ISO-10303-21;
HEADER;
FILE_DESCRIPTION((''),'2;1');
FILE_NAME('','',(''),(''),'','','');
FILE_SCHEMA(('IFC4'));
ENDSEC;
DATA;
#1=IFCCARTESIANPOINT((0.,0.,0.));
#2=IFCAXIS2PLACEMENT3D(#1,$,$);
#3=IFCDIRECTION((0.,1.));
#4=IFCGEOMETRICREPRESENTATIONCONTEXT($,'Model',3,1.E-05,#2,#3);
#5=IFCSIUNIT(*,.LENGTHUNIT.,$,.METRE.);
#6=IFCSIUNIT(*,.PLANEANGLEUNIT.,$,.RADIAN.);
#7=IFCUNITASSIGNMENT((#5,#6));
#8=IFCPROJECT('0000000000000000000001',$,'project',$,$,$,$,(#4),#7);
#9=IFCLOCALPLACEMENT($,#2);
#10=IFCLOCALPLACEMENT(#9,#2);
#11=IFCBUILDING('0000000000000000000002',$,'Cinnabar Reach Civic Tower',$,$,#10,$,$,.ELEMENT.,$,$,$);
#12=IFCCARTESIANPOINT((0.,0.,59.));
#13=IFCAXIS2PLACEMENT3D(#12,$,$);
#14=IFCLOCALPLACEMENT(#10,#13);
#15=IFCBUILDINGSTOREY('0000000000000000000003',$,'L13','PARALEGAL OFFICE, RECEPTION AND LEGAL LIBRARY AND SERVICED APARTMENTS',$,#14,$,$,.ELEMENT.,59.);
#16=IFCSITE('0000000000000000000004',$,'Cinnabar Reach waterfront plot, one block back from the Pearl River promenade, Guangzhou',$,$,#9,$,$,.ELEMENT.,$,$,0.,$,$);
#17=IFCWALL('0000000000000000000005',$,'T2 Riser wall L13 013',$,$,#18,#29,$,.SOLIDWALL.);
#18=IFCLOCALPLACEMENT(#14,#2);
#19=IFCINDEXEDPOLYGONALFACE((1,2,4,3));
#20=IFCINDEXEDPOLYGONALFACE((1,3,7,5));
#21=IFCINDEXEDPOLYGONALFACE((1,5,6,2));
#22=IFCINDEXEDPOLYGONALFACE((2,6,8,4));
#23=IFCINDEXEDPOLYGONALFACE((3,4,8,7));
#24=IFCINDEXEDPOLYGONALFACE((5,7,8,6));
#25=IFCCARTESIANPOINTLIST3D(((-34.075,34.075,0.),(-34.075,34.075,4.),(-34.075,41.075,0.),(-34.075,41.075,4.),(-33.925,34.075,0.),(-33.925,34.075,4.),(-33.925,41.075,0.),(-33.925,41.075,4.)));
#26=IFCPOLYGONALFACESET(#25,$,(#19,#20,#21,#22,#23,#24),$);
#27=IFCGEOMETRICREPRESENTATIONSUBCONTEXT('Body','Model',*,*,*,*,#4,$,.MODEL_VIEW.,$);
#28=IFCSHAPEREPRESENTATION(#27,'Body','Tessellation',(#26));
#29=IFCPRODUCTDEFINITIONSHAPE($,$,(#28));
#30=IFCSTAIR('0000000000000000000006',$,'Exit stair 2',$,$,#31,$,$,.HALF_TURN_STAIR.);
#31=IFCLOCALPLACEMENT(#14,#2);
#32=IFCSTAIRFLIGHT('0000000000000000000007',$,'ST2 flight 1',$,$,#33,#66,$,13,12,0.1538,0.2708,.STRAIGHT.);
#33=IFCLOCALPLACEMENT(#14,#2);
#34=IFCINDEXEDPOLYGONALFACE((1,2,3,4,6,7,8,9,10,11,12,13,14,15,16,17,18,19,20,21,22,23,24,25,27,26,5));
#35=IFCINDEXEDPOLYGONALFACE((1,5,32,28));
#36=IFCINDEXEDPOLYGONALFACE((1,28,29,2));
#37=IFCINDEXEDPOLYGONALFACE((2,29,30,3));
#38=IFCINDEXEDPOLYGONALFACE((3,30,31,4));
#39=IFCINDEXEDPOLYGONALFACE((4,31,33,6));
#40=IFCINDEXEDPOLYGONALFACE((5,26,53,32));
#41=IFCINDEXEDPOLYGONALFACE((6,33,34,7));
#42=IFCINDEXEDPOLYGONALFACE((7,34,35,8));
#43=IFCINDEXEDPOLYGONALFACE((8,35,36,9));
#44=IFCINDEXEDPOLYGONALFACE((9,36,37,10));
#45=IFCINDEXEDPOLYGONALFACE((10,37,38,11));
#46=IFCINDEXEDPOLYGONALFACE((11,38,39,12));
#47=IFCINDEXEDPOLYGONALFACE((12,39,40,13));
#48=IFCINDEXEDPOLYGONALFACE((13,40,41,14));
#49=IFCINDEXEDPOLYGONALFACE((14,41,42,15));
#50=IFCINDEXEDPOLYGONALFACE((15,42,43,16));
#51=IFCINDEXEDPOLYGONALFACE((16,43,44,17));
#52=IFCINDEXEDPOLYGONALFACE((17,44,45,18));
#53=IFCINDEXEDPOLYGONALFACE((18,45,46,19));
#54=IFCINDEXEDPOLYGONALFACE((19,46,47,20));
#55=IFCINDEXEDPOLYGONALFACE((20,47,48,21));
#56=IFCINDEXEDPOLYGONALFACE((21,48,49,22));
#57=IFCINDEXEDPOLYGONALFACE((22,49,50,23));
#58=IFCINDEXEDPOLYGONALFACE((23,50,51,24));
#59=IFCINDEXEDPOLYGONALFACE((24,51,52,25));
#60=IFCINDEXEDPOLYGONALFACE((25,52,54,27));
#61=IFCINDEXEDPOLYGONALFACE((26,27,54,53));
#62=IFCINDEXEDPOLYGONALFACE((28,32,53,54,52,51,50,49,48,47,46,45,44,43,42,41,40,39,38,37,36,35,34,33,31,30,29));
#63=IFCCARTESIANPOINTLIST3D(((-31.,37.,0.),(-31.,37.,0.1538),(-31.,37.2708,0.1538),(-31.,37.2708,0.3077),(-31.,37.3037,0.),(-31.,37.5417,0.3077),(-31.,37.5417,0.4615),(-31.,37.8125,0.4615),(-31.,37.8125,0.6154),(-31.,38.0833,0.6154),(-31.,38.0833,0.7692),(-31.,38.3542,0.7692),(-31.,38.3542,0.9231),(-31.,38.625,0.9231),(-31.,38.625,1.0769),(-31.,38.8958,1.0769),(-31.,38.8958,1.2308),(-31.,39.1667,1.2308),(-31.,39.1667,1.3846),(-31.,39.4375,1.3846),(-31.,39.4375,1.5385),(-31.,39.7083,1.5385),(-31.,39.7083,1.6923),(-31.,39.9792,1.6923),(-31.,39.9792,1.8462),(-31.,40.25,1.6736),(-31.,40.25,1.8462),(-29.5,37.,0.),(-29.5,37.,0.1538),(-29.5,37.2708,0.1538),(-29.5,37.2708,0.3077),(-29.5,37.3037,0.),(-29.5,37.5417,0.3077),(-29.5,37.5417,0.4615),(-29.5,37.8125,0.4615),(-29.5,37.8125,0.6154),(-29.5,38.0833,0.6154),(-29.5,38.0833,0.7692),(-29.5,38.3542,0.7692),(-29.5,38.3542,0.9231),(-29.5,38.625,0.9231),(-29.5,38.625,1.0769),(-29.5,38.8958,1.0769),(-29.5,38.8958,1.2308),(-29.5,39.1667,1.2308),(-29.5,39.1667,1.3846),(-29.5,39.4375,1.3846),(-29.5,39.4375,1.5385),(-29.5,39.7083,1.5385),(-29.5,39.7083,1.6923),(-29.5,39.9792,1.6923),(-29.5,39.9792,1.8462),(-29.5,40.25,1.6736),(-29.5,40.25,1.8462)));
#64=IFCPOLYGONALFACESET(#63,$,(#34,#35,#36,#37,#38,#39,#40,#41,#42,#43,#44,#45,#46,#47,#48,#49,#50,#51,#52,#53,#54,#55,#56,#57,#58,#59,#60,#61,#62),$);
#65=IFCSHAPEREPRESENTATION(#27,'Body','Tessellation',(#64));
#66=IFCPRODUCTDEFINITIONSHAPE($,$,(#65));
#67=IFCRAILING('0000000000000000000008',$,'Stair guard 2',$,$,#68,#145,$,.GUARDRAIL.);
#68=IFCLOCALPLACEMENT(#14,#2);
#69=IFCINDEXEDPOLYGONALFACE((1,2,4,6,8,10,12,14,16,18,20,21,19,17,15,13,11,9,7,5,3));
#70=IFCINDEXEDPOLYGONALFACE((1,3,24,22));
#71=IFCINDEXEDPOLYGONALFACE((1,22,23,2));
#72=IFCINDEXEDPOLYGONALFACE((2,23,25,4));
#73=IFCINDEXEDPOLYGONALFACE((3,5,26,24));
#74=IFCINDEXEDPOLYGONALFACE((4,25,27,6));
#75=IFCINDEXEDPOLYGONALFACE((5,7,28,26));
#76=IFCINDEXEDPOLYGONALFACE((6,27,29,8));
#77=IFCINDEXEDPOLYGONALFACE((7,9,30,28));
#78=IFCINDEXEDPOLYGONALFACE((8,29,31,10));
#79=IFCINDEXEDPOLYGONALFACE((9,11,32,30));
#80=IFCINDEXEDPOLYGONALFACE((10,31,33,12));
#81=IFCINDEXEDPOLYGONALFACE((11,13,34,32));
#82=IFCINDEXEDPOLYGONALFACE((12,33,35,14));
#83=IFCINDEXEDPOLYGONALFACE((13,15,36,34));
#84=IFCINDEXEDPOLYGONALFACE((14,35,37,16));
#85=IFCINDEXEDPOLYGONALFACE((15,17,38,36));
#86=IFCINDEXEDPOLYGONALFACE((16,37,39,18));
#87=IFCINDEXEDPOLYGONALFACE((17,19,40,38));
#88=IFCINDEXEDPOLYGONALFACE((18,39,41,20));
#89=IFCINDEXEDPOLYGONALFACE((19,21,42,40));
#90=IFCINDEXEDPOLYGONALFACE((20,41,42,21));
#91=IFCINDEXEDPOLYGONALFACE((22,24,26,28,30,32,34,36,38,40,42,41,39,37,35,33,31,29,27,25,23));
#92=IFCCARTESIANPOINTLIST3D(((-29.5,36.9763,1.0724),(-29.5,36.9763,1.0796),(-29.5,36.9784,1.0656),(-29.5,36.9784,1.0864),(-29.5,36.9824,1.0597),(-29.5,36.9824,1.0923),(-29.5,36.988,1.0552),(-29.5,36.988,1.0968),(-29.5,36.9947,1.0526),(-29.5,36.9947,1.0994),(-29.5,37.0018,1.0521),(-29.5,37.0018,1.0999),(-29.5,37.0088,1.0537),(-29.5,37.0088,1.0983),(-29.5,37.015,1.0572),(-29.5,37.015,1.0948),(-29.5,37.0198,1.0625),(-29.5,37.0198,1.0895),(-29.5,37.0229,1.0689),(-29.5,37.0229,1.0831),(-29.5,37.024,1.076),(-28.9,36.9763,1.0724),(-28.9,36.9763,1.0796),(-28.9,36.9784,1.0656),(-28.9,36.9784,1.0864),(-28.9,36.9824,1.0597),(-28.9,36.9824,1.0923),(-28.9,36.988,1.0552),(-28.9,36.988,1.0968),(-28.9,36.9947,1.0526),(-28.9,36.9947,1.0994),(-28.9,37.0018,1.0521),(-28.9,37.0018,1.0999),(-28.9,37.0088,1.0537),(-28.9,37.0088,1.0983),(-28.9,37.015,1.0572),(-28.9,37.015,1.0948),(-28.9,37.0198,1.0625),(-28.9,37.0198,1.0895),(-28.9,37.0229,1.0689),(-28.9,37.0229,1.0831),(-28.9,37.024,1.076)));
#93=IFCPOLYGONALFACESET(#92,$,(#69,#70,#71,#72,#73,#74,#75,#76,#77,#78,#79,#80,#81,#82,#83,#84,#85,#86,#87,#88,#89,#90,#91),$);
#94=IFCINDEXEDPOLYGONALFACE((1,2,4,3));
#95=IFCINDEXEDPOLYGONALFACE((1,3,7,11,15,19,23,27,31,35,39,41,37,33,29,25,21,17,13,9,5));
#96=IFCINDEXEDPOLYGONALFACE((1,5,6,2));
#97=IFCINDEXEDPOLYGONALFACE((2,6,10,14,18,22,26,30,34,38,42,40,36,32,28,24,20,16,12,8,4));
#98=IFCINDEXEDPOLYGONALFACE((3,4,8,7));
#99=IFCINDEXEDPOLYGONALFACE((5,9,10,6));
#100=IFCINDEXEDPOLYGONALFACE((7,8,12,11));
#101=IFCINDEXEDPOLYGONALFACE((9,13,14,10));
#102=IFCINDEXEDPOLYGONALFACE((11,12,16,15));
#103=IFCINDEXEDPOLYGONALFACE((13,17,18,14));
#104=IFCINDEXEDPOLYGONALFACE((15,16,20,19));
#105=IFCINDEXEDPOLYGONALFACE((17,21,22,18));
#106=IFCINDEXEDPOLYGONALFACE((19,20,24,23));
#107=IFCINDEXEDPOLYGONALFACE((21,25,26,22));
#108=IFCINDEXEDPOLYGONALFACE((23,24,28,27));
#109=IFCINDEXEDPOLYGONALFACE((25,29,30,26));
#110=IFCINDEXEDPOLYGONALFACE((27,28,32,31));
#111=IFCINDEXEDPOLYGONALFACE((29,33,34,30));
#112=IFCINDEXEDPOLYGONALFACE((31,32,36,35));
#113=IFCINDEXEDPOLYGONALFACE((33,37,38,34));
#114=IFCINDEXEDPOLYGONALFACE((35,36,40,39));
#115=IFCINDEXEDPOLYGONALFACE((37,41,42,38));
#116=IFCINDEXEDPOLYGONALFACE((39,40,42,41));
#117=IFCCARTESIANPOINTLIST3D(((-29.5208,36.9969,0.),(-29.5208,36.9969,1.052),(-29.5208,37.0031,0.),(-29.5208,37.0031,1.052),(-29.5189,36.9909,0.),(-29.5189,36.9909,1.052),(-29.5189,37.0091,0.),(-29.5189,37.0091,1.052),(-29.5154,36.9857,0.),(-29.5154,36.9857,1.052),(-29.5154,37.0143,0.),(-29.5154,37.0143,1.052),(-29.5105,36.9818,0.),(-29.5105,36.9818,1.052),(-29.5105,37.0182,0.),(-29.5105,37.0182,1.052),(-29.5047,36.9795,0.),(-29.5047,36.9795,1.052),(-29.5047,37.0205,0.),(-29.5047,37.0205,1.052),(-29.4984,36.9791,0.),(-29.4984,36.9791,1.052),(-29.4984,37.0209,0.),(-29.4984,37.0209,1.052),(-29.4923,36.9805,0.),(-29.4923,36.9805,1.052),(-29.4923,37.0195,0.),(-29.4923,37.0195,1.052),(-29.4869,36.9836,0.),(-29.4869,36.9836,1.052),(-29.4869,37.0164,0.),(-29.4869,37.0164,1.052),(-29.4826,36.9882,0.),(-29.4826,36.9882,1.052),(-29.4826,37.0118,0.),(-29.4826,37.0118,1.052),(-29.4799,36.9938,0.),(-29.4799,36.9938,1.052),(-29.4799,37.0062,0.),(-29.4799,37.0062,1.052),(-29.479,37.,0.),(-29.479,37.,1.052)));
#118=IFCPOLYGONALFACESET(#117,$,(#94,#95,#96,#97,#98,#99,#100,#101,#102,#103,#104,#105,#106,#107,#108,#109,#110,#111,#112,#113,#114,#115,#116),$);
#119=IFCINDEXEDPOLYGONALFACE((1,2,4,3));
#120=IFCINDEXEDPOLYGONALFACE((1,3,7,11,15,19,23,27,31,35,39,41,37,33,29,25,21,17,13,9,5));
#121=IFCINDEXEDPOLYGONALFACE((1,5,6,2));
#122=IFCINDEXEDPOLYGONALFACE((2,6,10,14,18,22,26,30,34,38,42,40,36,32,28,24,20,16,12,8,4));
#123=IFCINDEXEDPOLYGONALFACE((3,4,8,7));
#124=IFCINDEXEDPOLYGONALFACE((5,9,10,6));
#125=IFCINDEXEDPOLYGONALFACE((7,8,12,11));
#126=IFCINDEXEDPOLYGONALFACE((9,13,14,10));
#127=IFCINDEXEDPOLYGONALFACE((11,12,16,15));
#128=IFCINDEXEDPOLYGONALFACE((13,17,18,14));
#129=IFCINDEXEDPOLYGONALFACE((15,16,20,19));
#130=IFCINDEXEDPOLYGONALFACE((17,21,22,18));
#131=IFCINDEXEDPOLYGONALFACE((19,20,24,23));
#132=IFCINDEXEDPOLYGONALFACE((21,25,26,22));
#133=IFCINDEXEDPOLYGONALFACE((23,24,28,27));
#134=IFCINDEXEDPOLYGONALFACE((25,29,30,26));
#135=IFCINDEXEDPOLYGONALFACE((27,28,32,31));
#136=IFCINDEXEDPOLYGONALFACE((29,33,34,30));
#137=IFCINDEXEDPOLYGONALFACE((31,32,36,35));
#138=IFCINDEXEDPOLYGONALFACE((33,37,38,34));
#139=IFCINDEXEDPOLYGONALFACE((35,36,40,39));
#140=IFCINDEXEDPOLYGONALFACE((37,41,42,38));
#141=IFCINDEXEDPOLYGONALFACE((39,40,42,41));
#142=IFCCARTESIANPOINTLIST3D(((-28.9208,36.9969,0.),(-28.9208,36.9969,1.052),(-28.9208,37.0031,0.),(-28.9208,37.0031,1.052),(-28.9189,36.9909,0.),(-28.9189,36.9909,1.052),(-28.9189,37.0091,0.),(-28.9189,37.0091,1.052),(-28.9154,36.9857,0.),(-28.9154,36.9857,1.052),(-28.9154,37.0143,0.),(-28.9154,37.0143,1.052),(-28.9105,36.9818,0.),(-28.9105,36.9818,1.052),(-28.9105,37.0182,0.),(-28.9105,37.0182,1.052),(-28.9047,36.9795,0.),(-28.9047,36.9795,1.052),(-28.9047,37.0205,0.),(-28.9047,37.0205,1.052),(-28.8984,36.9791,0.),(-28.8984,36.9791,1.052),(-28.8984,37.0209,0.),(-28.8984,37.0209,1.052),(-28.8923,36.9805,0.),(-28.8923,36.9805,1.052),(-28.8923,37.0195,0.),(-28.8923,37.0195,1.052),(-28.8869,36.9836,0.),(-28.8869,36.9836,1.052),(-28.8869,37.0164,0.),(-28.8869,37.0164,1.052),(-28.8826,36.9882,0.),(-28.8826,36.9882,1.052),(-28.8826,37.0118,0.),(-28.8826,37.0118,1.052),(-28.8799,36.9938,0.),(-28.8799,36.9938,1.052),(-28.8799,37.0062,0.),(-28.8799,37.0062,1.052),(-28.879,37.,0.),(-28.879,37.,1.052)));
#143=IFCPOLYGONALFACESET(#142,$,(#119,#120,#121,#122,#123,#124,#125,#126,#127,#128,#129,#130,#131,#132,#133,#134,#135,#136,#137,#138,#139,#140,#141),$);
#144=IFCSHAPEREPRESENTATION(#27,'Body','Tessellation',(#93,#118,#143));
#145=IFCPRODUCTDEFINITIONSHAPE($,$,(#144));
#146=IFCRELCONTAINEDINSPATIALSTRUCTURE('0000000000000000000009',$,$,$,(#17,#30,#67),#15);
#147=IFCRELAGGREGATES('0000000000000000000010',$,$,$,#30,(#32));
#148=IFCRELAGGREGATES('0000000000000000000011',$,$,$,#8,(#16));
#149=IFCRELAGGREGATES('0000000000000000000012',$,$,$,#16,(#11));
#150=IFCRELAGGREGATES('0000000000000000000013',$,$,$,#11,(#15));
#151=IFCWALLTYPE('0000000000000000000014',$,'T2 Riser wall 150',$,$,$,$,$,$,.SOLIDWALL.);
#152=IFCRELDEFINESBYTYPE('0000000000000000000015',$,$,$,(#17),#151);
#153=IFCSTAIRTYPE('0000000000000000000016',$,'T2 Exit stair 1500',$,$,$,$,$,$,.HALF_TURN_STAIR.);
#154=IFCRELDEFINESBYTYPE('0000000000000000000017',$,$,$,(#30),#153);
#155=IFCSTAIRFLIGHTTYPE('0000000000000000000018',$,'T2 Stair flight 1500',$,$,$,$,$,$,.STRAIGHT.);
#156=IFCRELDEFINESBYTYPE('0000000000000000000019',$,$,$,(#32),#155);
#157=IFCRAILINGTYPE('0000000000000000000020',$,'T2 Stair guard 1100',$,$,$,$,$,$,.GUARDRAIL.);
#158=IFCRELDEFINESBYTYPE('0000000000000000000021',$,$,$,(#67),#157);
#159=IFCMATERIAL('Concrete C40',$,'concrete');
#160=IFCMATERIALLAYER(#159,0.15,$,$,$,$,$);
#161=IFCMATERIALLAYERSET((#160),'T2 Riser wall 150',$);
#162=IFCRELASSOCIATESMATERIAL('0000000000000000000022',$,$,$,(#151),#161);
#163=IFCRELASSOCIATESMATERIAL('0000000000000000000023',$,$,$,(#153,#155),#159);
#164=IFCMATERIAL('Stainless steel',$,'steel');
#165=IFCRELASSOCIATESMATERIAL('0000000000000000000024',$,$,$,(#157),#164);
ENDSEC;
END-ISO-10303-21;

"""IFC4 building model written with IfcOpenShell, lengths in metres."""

from ifc_helpers import new_model, si_unit, direction, frame, frame_2d, origin, origin_2d, place, context, subcontext, project, spatial, polyline, rectangle, circle, outline, extrude, material, layer, layer_set, type_object, element, aggregate, save


model = new_model("IFC4")

# Units and contexts
model_context = context("Model", 3, precision=1e-05, world=origin(), true_north=direction((0.0, 1.0)))
body_context = subcontext(model_context, "Body", "Model", "MODEL_VIEW")
ifc_project = project(units=[si_unit("LENGTHUNIT", "METRE"), si_unit("PLANEANGLEUNIT", "RADIAN")], contexts=[model_context])

# Site, building, storey
site_placement = place(None, origin())
site = spatial("IfcSite", under=ifc_project, at=site_placement, Name="Cinnabar Reach waterfront plot, one block back from the Pearl River promenade, Guangzhou", CompositionType="ELEMENT", RefElevation=0.0)
building_placement = place(site_placement, origin())
building = spatial("IfcBuilding", under=site, at=building_placement, Name="Cinnabar Reach Civic Tower", CompositionType="ELEMENT")
storey_placement = place(building_placement, frame((0.0, 0.0, 59.0)))
storey = spatial("IfcBuildingStorey", under=building, at=storey_placement, Name="L13", Description="PARALEGAL OFFICE, RECEPTION AND LEGAL LIBRARY AND SERVICED APARTMENTS", CompositionType="ELEMENT", Elevation=59.0)

# Wall
ifc_material_1 = material(Name="Concrete C40", Category="concrete")
ifc_layer_1 = layer(ifc_material_1, 0.15)
ifc_layer_set_1 = layer_set([ifc_layer_1], Name="T2 Riser wall 150")
wall_type_1 = type_object("IfcWallType", Name="T2 Riser wall 150", PredefinedType="SOLIDWALL", material=ifc_layer_set_1)
wall_1_placement = place(storey_placement, frame((-34.0, 41.075, 0.0), z_axis=(0.0, 0.0, 1.0), x_axis=(0.0, -1.0, 0.0)))
element("IfcWall", 1, at=wall_1_placement, inside=storey, type_object=wall_type_1, Name="T2 Riser wall L13 013", PredefinedType="SOLIDWALL", context=body_context, shape_type="SweptSolid", body=[
    extrude(rectangle(XDim=7.0, YDim=0.15, at=frame_2d((3.5, 0.0))), origin(), (0.0, 0.0, 1.0), 4.0),
])

# Stair, stair flight
stair_type = type_object("IfcStairType", Name="T2 Exit stair 1500", PredefinedType="HALF_TURN_STAIR", material=ifc_material_1)
stair_placement = place(storey_placement, origin())
stair = element("IfcStair", 2, at=stair_placement, inside=storey, type_object=stair_type, Name="Exit stair 2", PredefinedType="HALF_TURN_STAIR")
stair_flight_type = type_object("IfcStairFlightType", Name="T2 Stair flight 1500", PredefinedType="STRAIGHT", material=ifc_material_1)
stair_flight_placement = place(storey_placement, frame((-30.25, 37.0, 0.0), z_axis=(0.0, 0.0, 1.0), x_axis=(0.0, 1.0, 0.0)))
stair_flight = element("IfcStairFlight", 3, at=stair_flight_placement, type_object=stair_flight_type, Name="ST2 flight 1", NumberOfRisers=13, NumberOfTreads=12, PredefinedType="STRAIGHT", RiserHeight=0.1538, TreadLength=0.2708, context=body_context, shape_type="SweptSolid", body=[
    extrude(outline(polyline([(0.0, 0.0), (0.0, 0.1538), (0.2708, 0.1538), (0.2708, 0.3077), (0.5417, 0.3077), (0.5417, 0.4615), (0.8125, 0.4615), (0.8125, 0.6154), (1.0833, 0.6154), (1.0833, 0.7692), (1.3542, 0.7692), (1.3542, 0.9231), (1.625, 0.9231), (1.625, 1.0769), (1.8958, 1.0769), (1.8958, 1.2308), (2.1667, 1.2308), (2.1667, 1.3846), (2.4375, 1.3846), (2.4375, 1.5385), (2.7083, 1.5385), (2.7083, 1.6923), (2.9792, 1.6923), (2.9792, 1.8462), (3.25, 1.8462), (3.25, 2.0), (3.25, 1.6736), (0.3037, 0.0), (0.0, 0.0)])), frame((0.0, 0.75, 0.0), z_axis=(0.0, -1.0, 0.0), x_axis=(1.0, 0.0, 0.0)), (0.0, 0.0, 1.0), 1.5),
])
aggregate(stair, [stair_flight])

# Railing
ifc_material_2 = material(Name="Stainless steel", Category="steel")
railing_type = type_object("IfcRailingType", Name="T2 Stair guard 1100", PredefinedType="GUARDRAIL", material=ifc_material_2)
for number, where, name in (
    (4, (-29.5, 37.0, 0.0), "Stair guard 2"),
):
    element("IfcRailing", number, at=place(storey_placement, frame(where)), inside=storey, type_object=railing_type, Name=name, PredefinedType="GUARDRAIL", context=body_context, shape_type="SweptSolid", body=[
        extrude(circle(Radius=0.024, at=origin_2d()), frame((0.0, 0.0, 1.076), z_axis=(1.0, 0.0, 0.0), x_axis=(0.0, 1.0, 0.0)), (0.0, 0.0, 1.0), 0.6),
        extrude(circle(Radius=0.021, at=origin_2d()), origin(), (0.0, 0.0, 1.0), 1.052),
        extrude(circle(Radius=0.021, at=origin_2d()), frame((0.6, 0.0, 0.0)), (0.0, 0.0, 1.0), 1.052),
    ])

save(model, "model.ifc")
